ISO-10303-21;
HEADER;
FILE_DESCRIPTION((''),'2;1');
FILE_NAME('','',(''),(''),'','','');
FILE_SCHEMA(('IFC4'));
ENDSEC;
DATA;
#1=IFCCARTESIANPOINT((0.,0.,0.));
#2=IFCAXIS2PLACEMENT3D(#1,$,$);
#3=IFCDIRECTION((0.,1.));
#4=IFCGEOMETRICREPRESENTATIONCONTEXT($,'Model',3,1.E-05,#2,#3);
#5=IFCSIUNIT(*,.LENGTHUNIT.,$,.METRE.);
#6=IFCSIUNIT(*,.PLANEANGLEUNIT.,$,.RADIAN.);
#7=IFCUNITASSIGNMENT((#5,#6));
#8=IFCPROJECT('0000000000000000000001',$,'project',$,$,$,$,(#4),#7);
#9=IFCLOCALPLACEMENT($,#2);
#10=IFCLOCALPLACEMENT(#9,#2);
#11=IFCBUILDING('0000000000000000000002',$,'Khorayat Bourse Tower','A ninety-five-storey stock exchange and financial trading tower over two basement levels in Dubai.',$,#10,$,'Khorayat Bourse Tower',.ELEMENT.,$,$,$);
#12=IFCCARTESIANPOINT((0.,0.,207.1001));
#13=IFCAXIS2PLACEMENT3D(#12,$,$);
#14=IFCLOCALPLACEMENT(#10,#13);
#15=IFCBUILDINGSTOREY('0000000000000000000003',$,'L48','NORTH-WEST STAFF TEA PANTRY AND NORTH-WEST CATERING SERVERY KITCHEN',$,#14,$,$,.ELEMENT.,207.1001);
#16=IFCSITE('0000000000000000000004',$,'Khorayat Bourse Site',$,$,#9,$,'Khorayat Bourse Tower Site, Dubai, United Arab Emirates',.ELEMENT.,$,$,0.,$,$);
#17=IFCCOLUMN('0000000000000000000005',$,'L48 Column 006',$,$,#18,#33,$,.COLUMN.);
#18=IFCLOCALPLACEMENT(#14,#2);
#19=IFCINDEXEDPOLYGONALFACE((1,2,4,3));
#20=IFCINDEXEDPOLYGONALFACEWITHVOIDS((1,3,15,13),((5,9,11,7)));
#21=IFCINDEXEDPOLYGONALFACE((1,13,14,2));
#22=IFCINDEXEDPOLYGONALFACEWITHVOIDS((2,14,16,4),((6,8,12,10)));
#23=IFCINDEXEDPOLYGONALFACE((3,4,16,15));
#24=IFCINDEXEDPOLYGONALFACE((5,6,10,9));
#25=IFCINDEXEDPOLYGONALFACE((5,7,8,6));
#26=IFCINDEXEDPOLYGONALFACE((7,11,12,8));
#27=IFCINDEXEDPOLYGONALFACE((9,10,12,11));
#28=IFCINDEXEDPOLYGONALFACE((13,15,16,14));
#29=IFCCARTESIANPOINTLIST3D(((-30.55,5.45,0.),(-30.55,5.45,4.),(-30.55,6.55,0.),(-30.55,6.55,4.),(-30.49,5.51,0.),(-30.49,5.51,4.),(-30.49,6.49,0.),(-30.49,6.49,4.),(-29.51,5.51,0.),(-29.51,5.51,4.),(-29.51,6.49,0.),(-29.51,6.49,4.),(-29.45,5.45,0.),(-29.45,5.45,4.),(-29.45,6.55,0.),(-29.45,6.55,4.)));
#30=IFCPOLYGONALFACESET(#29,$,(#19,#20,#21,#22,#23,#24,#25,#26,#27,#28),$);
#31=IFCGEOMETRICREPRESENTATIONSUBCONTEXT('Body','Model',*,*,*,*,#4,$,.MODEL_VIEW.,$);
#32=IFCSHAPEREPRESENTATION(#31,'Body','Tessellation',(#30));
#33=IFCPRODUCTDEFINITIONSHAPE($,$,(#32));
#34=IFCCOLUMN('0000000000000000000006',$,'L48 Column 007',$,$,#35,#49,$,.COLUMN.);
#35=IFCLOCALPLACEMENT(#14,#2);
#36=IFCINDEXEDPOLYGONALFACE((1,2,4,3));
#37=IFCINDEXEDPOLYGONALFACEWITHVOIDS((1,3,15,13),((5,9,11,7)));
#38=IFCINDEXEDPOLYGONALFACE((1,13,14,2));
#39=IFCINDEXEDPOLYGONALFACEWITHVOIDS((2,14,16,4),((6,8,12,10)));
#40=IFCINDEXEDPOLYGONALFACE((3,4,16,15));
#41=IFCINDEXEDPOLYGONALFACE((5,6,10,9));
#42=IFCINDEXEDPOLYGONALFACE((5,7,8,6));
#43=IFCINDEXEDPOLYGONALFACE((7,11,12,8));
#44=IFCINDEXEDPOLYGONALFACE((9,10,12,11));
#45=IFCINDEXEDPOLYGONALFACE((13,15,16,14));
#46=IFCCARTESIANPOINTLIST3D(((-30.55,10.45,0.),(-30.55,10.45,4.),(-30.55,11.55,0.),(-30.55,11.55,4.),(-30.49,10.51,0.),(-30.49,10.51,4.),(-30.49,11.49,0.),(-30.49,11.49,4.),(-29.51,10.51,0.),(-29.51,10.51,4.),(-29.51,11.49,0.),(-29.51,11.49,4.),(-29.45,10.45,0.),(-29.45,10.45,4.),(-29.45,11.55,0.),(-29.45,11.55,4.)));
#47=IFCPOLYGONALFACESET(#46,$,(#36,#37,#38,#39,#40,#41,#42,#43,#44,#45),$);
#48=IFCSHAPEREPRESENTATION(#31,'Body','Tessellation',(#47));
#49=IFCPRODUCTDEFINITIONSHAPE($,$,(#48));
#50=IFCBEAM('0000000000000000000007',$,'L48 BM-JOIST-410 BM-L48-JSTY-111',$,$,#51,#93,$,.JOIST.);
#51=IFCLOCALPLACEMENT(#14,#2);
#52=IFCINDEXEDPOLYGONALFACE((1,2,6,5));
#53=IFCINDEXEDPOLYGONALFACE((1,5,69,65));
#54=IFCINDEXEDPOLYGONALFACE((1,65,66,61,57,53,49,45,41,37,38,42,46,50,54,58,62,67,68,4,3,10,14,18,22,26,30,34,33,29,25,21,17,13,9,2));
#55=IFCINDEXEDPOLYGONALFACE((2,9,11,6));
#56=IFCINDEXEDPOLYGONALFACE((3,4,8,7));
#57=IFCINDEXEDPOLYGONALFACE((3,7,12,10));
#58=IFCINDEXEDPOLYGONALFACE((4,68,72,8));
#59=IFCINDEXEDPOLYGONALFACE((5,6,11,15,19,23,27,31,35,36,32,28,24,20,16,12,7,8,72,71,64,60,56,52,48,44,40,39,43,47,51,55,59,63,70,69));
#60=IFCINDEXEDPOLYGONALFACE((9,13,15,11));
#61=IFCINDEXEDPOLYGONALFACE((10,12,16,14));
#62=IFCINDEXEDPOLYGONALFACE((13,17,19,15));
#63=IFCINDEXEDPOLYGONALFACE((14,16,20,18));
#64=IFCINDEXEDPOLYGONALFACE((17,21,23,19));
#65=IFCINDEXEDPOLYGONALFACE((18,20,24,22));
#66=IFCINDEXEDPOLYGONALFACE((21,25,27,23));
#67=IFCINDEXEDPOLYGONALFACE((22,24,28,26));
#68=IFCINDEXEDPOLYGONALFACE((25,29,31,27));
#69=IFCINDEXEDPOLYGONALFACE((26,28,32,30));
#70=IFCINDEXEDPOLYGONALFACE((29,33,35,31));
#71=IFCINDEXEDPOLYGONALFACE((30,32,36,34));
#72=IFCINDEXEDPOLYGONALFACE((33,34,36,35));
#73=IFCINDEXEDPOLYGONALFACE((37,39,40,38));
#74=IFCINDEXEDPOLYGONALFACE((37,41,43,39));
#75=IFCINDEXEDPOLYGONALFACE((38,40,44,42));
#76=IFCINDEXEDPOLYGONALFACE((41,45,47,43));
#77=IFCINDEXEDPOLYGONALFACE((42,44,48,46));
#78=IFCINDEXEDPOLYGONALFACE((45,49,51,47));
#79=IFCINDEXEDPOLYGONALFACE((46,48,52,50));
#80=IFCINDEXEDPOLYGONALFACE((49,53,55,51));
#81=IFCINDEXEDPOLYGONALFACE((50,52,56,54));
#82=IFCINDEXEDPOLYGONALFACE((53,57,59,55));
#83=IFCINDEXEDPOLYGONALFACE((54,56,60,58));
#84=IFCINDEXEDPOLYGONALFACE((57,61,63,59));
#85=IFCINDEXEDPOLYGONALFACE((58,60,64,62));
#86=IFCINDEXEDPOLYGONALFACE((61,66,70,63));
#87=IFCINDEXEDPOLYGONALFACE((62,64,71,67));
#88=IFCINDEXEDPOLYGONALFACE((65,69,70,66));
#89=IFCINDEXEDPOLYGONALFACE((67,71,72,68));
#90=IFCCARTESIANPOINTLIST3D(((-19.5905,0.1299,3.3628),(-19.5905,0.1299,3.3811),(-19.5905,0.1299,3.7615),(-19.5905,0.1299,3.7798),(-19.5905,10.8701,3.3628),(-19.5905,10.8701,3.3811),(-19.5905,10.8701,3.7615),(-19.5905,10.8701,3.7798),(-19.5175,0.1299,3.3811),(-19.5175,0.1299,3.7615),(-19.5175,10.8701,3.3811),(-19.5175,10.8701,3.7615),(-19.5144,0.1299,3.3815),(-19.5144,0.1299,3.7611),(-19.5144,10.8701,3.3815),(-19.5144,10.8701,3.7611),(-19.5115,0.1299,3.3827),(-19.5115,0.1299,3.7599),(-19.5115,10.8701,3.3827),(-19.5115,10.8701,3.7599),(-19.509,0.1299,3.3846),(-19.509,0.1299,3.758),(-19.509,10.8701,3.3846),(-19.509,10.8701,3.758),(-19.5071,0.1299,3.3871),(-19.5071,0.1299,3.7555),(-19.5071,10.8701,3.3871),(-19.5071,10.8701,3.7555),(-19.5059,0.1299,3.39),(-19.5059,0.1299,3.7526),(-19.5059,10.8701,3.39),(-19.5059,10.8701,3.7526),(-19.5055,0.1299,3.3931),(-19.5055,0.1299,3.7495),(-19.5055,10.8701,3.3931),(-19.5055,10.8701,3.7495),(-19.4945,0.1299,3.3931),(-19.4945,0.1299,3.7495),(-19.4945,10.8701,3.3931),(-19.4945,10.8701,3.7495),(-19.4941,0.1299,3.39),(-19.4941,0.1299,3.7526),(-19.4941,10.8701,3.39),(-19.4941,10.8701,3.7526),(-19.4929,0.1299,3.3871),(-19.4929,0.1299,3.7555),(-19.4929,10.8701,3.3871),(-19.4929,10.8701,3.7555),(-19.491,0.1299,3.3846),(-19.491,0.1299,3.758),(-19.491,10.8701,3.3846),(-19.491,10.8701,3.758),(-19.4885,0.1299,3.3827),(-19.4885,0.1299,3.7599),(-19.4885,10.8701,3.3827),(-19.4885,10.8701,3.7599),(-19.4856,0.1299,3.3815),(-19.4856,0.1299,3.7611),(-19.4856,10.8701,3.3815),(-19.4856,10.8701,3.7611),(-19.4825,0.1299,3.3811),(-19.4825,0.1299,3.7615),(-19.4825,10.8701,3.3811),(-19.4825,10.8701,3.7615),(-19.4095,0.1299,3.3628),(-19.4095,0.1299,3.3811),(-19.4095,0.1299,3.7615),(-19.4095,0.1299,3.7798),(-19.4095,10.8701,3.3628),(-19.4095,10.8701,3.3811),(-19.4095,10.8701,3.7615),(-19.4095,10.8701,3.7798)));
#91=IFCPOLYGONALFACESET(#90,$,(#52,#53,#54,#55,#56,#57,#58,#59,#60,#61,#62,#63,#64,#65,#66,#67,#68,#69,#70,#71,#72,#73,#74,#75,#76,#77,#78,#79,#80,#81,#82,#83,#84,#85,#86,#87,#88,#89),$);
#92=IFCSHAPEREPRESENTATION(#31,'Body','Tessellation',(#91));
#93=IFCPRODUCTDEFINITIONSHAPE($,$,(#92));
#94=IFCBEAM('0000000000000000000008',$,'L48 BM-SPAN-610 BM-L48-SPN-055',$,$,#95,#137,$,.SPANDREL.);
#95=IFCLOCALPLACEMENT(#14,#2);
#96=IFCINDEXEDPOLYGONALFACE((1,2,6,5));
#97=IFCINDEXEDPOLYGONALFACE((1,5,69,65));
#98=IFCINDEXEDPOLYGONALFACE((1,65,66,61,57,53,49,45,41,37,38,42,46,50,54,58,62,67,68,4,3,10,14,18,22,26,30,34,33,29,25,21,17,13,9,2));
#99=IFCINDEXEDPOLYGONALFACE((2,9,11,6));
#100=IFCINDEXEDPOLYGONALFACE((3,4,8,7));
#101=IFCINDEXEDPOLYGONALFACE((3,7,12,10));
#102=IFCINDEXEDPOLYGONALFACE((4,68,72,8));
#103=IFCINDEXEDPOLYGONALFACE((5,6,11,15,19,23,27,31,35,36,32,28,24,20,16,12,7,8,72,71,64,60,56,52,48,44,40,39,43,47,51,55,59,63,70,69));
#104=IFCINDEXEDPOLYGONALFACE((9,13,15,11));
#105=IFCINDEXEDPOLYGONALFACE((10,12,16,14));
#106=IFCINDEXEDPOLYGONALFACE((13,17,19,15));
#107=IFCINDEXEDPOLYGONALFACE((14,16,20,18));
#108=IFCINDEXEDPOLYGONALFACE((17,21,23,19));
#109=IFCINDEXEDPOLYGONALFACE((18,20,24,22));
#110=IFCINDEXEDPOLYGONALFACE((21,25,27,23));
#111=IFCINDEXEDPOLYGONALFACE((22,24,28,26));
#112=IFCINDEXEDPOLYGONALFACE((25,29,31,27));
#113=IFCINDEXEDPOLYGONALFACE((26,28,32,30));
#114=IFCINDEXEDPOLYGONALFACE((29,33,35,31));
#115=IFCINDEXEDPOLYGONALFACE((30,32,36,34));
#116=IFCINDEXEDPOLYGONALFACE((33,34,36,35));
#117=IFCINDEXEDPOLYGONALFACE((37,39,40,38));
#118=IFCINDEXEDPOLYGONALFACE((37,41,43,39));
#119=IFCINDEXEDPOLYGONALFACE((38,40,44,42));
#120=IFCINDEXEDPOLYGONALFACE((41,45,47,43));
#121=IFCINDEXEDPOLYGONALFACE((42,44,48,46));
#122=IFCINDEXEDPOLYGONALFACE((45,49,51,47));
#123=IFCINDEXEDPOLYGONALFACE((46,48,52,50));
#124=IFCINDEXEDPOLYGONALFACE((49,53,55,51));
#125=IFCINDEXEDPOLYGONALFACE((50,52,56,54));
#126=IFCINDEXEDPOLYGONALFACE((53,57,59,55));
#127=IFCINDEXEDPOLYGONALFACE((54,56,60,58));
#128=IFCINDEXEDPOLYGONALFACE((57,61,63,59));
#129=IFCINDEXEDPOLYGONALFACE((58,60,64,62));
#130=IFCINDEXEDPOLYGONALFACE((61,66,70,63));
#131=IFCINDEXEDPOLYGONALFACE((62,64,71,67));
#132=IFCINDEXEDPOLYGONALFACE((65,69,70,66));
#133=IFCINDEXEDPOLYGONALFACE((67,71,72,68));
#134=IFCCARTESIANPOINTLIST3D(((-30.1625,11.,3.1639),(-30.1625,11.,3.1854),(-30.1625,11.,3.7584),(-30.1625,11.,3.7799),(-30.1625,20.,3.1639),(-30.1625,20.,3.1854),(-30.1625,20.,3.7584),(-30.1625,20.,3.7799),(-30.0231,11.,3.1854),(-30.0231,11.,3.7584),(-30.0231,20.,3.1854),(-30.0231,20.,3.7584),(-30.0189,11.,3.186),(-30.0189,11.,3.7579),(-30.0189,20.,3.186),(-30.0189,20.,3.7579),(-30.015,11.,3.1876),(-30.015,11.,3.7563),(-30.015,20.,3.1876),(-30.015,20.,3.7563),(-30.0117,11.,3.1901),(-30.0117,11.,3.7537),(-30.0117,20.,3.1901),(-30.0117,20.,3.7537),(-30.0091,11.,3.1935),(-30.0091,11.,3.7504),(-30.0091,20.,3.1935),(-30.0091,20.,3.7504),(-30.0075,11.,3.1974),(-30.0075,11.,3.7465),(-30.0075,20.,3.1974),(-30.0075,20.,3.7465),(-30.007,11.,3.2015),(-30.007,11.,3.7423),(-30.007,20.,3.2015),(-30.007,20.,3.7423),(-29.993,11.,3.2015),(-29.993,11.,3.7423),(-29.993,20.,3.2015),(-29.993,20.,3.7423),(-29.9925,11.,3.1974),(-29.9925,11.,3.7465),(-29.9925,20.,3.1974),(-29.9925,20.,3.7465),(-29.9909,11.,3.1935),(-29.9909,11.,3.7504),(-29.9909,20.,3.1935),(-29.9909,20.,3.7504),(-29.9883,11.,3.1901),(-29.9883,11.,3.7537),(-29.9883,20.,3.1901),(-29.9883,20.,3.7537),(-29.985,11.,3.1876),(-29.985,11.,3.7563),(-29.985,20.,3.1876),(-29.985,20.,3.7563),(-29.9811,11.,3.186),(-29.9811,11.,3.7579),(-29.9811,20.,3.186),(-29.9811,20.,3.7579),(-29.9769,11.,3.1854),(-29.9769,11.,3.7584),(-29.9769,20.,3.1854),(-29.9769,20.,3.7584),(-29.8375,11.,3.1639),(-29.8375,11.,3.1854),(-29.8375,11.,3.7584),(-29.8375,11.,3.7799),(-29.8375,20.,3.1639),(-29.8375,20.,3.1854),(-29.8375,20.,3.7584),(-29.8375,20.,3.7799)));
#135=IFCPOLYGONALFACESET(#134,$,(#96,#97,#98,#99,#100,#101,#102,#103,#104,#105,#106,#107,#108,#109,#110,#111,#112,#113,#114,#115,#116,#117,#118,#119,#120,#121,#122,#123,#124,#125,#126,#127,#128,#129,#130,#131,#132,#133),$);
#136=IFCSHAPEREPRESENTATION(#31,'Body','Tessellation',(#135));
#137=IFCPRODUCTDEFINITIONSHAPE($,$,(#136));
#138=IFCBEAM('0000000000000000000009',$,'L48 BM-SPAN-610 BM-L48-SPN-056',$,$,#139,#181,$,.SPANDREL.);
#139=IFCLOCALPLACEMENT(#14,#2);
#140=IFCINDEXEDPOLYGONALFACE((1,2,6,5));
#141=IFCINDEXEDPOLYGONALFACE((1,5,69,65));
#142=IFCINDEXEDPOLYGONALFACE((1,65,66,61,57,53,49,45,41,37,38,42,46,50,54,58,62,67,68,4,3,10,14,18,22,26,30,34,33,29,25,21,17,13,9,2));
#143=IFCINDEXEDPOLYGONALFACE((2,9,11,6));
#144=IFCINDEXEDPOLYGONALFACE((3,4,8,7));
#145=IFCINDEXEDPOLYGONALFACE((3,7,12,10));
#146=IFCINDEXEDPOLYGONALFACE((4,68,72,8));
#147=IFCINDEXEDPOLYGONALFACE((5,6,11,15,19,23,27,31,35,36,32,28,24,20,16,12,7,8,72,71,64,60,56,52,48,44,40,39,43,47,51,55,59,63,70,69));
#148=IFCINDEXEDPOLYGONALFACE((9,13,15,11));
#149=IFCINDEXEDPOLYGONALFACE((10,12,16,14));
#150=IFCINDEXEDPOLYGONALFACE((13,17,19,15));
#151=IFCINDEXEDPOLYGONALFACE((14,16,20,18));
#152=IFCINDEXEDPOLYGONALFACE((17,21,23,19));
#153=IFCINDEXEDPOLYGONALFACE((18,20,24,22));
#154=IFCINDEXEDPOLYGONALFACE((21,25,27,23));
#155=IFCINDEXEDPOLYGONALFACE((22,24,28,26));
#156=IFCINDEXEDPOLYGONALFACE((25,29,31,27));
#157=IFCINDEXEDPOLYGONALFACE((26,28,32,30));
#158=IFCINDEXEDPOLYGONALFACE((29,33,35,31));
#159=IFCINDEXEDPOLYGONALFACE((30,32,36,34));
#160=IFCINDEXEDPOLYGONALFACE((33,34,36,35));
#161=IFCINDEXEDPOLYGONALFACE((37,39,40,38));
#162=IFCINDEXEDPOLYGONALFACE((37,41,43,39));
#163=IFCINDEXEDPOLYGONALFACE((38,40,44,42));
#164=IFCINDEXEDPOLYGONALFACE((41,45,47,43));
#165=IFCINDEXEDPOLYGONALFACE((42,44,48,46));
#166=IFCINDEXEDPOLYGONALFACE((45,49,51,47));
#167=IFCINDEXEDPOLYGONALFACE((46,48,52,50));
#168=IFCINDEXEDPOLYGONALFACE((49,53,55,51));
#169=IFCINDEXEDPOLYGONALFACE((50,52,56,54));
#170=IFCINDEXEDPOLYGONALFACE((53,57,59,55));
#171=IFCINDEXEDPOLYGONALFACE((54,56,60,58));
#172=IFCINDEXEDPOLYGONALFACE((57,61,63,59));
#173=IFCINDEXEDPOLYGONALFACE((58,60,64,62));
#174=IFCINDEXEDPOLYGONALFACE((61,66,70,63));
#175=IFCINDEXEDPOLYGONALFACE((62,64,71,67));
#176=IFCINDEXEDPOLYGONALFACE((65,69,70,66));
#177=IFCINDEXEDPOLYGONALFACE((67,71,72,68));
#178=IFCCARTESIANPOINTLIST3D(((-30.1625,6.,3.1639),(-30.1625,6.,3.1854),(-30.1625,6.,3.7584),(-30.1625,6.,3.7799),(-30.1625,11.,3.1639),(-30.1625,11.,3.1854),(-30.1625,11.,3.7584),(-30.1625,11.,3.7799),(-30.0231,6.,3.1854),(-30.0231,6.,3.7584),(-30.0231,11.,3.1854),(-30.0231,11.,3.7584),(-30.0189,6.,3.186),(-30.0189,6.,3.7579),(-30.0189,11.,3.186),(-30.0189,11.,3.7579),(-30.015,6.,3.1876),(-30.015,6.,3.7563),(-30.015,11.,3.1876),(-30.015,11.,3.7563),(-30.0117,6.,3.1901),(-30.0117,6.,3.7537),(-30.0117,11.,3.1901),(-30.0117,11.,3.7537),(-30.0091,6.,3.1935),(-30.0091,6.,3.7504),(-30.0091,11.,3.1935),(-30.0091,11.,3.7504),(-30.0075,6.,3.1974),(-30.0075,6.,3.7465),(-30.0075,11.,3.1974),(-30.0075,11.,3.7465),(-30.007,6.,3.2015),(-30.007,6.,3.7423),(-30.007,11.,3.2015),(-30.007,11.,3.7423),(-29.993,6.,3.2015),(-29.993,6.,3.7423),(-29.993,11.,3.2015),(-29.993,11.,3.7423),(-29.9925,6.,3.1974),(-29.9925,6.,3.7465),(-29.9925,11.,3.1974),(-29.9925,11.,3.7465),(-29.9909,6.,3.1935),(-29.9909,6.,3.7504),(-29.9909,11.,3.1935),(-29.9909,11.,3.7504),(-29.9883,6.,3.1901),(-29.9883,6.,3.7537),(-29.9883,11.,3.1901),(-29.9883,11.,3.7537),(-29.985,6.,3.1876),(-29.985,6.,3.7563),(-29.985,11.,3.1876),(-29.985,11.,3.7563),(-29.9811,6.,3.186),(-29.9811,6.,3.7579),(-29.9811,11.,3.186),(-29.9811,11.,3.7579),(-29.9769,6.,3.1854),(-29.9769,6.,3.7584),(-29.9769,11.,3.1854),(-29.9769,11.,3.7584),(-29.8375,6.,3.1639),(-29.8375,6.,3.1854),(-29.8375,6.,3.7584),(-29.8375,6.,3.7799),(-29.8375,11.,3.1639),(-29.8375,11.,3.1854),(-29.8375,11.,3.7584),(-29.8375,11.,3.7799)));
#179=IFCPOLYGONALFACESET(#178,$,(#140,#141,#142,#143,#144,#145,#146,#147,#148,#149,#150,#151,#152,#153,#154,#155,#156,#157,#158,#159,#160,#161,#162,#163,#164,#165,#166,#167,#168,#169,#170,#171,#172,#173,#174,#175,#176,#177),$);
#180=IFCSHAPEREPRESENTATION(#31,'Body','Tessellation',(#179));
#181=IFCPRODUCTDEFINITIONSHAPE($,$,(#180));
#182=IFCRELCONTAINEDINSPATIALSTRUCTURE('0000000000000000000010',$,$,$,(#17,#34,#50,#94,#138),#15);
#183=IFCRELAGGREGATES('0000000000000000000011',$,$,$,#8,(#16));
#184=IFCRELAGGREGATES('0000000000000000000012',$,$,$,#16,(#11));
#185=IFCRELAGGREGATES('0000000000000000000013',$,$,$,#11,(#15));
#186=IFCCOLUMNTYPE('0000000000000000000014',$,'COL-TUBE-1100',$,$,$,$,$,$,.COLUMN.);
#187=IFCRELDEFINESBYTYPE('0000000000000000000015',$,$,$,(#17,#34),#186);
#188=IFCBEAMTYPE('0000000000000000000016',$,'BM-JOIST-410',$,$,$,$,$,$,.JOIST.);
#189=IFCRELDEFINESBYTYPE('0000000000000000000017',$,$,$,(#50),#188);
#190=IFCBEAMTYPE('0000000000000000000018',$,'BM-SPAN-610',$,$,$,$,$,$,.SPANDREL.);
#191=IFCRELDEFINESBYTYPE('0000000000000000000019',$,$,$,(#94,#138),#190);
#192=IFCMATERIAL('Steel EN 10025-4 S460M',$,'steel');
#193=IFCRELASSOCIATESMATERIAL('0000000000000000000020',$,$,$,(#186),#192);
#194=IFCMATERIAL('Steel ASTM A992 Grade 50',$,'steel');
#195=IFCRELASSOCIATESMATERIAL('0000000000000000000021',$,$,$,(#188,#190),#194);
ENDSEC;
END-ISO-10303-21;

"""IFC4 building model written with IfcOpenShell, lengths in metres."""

from ifc_helpers import new_model, si_unit, direction, frame, origin, origin_2d, place, context, subcontext, project, spatial, hollow_rectangle, i_section, extrude, source, transform, mapped, material, material_profile, profile_set, type_object, element, save


model = new_model("IFC4")

# Units and contexts
model_context = context("Model", 3, precision=1e-05, world=origin(), true_north=direction((0.0, 1.0)))
body_context = subcontext(model_context, "Body", "Model", "MODEL_VIEW")
ifc_project = project(units=[si_unit("LENGTHUNIT", "METRE"), si_unit("PLANEANGLEUNIT", "RADIAN")], contexts=[model_context])

# Site, building, storey
site_placement = place(None, origin())
site = spatial("IfcSite", under=ifc_project, at=site_placement, Name="Khorayat Bourse Site", LongName="Khorayat Bourse Tower Site, Dubai, United Arab Emirates", CompositionType="ELEMENT", RefElevation=0.0)
building_placement = place(site_placement, origin())
building = spatial("IfcBuilding", under=site, at=building_placement, Name="Khorayat Bourse Tower", Description="A ninety-five-storey stock exchange and financial trading tower over two basement levels in Dubai.", LongName="Khorayat Bourse Tower", CompositionType="ELEMENT")
storey_placement = place(building_placement, frame((0.0, 0.0, 207.1001)))
storey = spatial("IfcBuildingStorey", under=building, at=storey_placement, Name="L48", Description="NORTH-WEST STAFF TEA PANTRY AND NORTH-WEST CATERING SERVERY KITCHEN", CompositionType="ELEMENT", Elevation=207.1001)

# Columns
ifc_material_1 = material(Name="Steel EN 10025-4 S460M", Category="steel")
ifc_material_profile_1 = material_profile(ifc_material_1, hollow_rectangle(XDim=1.1001, YDim=1.1001, WallThickness=0.0601, at=origin_2d()), Name="BOX 1100x1100x60")
ifc_profile_set_1 = profile_set([ifc_material_profile_1], Name="Steel EN 10025-4 S460M")
column_type = type_object("IfcColumnType", Name="COL-TUBE-1100", PredefinedType="COLUMN", material=ifc_profile_set_1)
shared_shape_1 = source(origin(), body_context, "Body", "SweptSolid", [
    extrude(hollow_rectangle(XDim=1.1001, YDim=1.1001, WallThickness=0.0601, at=origin_2d()), origin(), (0.0, 0.0, 1.0), 4.0),
])
for number, where, z_axis, x_axis, name in (
    (1, (-30.0, 6.0, 0.0), (0.0, 0.0, 1.0), (1.0, 0.0, 0.0), "L48 Column 006"),
    (2, (-30.0, 11.0, 0.0), (0.0, 0.0, 1.0), (1.0, 0.0, 0.0), "L48 Column 007"),
):
    element("IfcColumn", number, at=place(storey_placement, frame(where, z_axis=z_axis, x_axis=x_axis)), inside=storey, type_object=column_type, Name=name, PredefinedType="COLUMN", context=body_context, shape_type="MappedRepresentation", body=[
        mapped(shared_shape_1, transform((0.0, 0.0, 0.0), scale=1.0)),
    ])

# Beams
ifc_material_2 = material(Name="Steel ASTM A992 Grade 50", Category="steel")
ifc_material_profile_2 = material_profile(ifc_material_2, i_section(OverallWidth=0.1809, OverallDepth=0.417, WebThickness=0.011, FlangeThickness=0.0183, FilletRadius=0.012, at=origin_2d()), Name="W410X85")
ifc_profile_set_2 = profile_set([ifc_material_profile_2], Name="Steel ASTM A992 Grade 50")
beam_type_1 = type_object("IfcBeamType", Name="BM-JOIST-410", PredefinedType="JOIST", material=ifc_profile_set_2)
shared_shape_2 = source(origin(), body_context, "Body", "SweptSolid", [
    extrude(i_section(OverallWidth=0.1809, OverallDepth=0.417, WebThickness=0.011, FlangeThickness=0.0183, FilletRadius=0.012, at=origin_2d()), origin(), (0.0, 0.0, 1.0), 10.7402),
])
beam_1_placement = place(storey_placement, frame((-19.5, 0.1299, 3.5713), z_axis=(0.0, 1.0, 0.0), x_axis=(-1.0, 0.0, 0.0)))
element("IfcBeam", 3, at=beam_1_placement, inside=storey, type_object=beam_type_1, Name="L48 BM-JOIST-410 BM-L48-JSTY-111", PredefinedType="JOIST", context=body_context, shape_type="MappedRepresentation", body=[
    mapped(shared_shape_2, transform((0.0, 0.0, 0.0), scale=1.0)),
])
ifc_material_profile_3 = material_profile(ifc_material_2, i_section(OverallWidth=0.325, OverallDepth=0.616, WebThickness=0.0139, FlangeThickness=0.0215, FilletRadius=0.0161, at=origin_2d()), Name="W610X174")
ifc_profile_set_3 = profile_set([ifc_material_profile_3], Name="Steel ASTM A992 Grade 50")
beam_type_2 = type_object("IfcBeamType", Name="BM-SPAN-610", PredefinedType="SPANDREL", material=ifc_profile_set_3)
shared_shape_3 = source(origin(), body_context, "Body", "SweptSolid", [
    extrude(i_section(OverallWidth=0.325, OverallDepth=0.616, WebThickness=0.0139, FlangeThickness=0.0215, FilletRadius=0.0161, at=origin_2d()), origin(), (0.0, 0.0, 1.0), 9.0),
])
beam_2_placement = place(storey_placement, frame((-30.0, 11.0, 3.4719), z_axis=(0.0, 1.0, 0.0), x_axis=(-1.0, 0.0, 0.0)))
element("IfcBeam", 4, at=beam_2_placement, inside=storey, type_object=beam_type_2, Name="L48 BM-SPAN-610 BM-L48-SPN-055", PredefinedType="SPANDREL", context=body_context, shape_type="MappedRepresentation", body=[
    mapped(shared_shape_3, transform((0.0, 0.0, 0.0), scale=1.0)),
])
shared_shape_4 = source(origin(), body_context, "Body", "SweptSolid", [
    extrude(i_section(OverallWidth=0.325, OverallDepth=0.616, WebThickness=0.0139, FlangeThickness=0.0215, FilletRadius=0.0161, at=origin_2d()), origin(), (0.0, 0.0, 1.0), 5.0),
])
beam_3_placement = place(storey_placement, frame((-30.0, 6.0, 3.4719), z_axis=(0.0, 1.0, 0.0), x_axis=(-1.0, 0.0, 0.0)))
element("IfcBeam", 5, at=beam_3_placement, inside=storey, type_object=beam_type_2, Name="L48 BM-SPAN-610 BM-L48-SPN-056", PredefinedType="SPANDREL", context=body_context, shape_type="MappedRepresentation", body=[
    mapped(shared_shape_4, transform((0.0, 0.0, 0.0), scale=1.0)),
])

save(model, "model.ifc")
